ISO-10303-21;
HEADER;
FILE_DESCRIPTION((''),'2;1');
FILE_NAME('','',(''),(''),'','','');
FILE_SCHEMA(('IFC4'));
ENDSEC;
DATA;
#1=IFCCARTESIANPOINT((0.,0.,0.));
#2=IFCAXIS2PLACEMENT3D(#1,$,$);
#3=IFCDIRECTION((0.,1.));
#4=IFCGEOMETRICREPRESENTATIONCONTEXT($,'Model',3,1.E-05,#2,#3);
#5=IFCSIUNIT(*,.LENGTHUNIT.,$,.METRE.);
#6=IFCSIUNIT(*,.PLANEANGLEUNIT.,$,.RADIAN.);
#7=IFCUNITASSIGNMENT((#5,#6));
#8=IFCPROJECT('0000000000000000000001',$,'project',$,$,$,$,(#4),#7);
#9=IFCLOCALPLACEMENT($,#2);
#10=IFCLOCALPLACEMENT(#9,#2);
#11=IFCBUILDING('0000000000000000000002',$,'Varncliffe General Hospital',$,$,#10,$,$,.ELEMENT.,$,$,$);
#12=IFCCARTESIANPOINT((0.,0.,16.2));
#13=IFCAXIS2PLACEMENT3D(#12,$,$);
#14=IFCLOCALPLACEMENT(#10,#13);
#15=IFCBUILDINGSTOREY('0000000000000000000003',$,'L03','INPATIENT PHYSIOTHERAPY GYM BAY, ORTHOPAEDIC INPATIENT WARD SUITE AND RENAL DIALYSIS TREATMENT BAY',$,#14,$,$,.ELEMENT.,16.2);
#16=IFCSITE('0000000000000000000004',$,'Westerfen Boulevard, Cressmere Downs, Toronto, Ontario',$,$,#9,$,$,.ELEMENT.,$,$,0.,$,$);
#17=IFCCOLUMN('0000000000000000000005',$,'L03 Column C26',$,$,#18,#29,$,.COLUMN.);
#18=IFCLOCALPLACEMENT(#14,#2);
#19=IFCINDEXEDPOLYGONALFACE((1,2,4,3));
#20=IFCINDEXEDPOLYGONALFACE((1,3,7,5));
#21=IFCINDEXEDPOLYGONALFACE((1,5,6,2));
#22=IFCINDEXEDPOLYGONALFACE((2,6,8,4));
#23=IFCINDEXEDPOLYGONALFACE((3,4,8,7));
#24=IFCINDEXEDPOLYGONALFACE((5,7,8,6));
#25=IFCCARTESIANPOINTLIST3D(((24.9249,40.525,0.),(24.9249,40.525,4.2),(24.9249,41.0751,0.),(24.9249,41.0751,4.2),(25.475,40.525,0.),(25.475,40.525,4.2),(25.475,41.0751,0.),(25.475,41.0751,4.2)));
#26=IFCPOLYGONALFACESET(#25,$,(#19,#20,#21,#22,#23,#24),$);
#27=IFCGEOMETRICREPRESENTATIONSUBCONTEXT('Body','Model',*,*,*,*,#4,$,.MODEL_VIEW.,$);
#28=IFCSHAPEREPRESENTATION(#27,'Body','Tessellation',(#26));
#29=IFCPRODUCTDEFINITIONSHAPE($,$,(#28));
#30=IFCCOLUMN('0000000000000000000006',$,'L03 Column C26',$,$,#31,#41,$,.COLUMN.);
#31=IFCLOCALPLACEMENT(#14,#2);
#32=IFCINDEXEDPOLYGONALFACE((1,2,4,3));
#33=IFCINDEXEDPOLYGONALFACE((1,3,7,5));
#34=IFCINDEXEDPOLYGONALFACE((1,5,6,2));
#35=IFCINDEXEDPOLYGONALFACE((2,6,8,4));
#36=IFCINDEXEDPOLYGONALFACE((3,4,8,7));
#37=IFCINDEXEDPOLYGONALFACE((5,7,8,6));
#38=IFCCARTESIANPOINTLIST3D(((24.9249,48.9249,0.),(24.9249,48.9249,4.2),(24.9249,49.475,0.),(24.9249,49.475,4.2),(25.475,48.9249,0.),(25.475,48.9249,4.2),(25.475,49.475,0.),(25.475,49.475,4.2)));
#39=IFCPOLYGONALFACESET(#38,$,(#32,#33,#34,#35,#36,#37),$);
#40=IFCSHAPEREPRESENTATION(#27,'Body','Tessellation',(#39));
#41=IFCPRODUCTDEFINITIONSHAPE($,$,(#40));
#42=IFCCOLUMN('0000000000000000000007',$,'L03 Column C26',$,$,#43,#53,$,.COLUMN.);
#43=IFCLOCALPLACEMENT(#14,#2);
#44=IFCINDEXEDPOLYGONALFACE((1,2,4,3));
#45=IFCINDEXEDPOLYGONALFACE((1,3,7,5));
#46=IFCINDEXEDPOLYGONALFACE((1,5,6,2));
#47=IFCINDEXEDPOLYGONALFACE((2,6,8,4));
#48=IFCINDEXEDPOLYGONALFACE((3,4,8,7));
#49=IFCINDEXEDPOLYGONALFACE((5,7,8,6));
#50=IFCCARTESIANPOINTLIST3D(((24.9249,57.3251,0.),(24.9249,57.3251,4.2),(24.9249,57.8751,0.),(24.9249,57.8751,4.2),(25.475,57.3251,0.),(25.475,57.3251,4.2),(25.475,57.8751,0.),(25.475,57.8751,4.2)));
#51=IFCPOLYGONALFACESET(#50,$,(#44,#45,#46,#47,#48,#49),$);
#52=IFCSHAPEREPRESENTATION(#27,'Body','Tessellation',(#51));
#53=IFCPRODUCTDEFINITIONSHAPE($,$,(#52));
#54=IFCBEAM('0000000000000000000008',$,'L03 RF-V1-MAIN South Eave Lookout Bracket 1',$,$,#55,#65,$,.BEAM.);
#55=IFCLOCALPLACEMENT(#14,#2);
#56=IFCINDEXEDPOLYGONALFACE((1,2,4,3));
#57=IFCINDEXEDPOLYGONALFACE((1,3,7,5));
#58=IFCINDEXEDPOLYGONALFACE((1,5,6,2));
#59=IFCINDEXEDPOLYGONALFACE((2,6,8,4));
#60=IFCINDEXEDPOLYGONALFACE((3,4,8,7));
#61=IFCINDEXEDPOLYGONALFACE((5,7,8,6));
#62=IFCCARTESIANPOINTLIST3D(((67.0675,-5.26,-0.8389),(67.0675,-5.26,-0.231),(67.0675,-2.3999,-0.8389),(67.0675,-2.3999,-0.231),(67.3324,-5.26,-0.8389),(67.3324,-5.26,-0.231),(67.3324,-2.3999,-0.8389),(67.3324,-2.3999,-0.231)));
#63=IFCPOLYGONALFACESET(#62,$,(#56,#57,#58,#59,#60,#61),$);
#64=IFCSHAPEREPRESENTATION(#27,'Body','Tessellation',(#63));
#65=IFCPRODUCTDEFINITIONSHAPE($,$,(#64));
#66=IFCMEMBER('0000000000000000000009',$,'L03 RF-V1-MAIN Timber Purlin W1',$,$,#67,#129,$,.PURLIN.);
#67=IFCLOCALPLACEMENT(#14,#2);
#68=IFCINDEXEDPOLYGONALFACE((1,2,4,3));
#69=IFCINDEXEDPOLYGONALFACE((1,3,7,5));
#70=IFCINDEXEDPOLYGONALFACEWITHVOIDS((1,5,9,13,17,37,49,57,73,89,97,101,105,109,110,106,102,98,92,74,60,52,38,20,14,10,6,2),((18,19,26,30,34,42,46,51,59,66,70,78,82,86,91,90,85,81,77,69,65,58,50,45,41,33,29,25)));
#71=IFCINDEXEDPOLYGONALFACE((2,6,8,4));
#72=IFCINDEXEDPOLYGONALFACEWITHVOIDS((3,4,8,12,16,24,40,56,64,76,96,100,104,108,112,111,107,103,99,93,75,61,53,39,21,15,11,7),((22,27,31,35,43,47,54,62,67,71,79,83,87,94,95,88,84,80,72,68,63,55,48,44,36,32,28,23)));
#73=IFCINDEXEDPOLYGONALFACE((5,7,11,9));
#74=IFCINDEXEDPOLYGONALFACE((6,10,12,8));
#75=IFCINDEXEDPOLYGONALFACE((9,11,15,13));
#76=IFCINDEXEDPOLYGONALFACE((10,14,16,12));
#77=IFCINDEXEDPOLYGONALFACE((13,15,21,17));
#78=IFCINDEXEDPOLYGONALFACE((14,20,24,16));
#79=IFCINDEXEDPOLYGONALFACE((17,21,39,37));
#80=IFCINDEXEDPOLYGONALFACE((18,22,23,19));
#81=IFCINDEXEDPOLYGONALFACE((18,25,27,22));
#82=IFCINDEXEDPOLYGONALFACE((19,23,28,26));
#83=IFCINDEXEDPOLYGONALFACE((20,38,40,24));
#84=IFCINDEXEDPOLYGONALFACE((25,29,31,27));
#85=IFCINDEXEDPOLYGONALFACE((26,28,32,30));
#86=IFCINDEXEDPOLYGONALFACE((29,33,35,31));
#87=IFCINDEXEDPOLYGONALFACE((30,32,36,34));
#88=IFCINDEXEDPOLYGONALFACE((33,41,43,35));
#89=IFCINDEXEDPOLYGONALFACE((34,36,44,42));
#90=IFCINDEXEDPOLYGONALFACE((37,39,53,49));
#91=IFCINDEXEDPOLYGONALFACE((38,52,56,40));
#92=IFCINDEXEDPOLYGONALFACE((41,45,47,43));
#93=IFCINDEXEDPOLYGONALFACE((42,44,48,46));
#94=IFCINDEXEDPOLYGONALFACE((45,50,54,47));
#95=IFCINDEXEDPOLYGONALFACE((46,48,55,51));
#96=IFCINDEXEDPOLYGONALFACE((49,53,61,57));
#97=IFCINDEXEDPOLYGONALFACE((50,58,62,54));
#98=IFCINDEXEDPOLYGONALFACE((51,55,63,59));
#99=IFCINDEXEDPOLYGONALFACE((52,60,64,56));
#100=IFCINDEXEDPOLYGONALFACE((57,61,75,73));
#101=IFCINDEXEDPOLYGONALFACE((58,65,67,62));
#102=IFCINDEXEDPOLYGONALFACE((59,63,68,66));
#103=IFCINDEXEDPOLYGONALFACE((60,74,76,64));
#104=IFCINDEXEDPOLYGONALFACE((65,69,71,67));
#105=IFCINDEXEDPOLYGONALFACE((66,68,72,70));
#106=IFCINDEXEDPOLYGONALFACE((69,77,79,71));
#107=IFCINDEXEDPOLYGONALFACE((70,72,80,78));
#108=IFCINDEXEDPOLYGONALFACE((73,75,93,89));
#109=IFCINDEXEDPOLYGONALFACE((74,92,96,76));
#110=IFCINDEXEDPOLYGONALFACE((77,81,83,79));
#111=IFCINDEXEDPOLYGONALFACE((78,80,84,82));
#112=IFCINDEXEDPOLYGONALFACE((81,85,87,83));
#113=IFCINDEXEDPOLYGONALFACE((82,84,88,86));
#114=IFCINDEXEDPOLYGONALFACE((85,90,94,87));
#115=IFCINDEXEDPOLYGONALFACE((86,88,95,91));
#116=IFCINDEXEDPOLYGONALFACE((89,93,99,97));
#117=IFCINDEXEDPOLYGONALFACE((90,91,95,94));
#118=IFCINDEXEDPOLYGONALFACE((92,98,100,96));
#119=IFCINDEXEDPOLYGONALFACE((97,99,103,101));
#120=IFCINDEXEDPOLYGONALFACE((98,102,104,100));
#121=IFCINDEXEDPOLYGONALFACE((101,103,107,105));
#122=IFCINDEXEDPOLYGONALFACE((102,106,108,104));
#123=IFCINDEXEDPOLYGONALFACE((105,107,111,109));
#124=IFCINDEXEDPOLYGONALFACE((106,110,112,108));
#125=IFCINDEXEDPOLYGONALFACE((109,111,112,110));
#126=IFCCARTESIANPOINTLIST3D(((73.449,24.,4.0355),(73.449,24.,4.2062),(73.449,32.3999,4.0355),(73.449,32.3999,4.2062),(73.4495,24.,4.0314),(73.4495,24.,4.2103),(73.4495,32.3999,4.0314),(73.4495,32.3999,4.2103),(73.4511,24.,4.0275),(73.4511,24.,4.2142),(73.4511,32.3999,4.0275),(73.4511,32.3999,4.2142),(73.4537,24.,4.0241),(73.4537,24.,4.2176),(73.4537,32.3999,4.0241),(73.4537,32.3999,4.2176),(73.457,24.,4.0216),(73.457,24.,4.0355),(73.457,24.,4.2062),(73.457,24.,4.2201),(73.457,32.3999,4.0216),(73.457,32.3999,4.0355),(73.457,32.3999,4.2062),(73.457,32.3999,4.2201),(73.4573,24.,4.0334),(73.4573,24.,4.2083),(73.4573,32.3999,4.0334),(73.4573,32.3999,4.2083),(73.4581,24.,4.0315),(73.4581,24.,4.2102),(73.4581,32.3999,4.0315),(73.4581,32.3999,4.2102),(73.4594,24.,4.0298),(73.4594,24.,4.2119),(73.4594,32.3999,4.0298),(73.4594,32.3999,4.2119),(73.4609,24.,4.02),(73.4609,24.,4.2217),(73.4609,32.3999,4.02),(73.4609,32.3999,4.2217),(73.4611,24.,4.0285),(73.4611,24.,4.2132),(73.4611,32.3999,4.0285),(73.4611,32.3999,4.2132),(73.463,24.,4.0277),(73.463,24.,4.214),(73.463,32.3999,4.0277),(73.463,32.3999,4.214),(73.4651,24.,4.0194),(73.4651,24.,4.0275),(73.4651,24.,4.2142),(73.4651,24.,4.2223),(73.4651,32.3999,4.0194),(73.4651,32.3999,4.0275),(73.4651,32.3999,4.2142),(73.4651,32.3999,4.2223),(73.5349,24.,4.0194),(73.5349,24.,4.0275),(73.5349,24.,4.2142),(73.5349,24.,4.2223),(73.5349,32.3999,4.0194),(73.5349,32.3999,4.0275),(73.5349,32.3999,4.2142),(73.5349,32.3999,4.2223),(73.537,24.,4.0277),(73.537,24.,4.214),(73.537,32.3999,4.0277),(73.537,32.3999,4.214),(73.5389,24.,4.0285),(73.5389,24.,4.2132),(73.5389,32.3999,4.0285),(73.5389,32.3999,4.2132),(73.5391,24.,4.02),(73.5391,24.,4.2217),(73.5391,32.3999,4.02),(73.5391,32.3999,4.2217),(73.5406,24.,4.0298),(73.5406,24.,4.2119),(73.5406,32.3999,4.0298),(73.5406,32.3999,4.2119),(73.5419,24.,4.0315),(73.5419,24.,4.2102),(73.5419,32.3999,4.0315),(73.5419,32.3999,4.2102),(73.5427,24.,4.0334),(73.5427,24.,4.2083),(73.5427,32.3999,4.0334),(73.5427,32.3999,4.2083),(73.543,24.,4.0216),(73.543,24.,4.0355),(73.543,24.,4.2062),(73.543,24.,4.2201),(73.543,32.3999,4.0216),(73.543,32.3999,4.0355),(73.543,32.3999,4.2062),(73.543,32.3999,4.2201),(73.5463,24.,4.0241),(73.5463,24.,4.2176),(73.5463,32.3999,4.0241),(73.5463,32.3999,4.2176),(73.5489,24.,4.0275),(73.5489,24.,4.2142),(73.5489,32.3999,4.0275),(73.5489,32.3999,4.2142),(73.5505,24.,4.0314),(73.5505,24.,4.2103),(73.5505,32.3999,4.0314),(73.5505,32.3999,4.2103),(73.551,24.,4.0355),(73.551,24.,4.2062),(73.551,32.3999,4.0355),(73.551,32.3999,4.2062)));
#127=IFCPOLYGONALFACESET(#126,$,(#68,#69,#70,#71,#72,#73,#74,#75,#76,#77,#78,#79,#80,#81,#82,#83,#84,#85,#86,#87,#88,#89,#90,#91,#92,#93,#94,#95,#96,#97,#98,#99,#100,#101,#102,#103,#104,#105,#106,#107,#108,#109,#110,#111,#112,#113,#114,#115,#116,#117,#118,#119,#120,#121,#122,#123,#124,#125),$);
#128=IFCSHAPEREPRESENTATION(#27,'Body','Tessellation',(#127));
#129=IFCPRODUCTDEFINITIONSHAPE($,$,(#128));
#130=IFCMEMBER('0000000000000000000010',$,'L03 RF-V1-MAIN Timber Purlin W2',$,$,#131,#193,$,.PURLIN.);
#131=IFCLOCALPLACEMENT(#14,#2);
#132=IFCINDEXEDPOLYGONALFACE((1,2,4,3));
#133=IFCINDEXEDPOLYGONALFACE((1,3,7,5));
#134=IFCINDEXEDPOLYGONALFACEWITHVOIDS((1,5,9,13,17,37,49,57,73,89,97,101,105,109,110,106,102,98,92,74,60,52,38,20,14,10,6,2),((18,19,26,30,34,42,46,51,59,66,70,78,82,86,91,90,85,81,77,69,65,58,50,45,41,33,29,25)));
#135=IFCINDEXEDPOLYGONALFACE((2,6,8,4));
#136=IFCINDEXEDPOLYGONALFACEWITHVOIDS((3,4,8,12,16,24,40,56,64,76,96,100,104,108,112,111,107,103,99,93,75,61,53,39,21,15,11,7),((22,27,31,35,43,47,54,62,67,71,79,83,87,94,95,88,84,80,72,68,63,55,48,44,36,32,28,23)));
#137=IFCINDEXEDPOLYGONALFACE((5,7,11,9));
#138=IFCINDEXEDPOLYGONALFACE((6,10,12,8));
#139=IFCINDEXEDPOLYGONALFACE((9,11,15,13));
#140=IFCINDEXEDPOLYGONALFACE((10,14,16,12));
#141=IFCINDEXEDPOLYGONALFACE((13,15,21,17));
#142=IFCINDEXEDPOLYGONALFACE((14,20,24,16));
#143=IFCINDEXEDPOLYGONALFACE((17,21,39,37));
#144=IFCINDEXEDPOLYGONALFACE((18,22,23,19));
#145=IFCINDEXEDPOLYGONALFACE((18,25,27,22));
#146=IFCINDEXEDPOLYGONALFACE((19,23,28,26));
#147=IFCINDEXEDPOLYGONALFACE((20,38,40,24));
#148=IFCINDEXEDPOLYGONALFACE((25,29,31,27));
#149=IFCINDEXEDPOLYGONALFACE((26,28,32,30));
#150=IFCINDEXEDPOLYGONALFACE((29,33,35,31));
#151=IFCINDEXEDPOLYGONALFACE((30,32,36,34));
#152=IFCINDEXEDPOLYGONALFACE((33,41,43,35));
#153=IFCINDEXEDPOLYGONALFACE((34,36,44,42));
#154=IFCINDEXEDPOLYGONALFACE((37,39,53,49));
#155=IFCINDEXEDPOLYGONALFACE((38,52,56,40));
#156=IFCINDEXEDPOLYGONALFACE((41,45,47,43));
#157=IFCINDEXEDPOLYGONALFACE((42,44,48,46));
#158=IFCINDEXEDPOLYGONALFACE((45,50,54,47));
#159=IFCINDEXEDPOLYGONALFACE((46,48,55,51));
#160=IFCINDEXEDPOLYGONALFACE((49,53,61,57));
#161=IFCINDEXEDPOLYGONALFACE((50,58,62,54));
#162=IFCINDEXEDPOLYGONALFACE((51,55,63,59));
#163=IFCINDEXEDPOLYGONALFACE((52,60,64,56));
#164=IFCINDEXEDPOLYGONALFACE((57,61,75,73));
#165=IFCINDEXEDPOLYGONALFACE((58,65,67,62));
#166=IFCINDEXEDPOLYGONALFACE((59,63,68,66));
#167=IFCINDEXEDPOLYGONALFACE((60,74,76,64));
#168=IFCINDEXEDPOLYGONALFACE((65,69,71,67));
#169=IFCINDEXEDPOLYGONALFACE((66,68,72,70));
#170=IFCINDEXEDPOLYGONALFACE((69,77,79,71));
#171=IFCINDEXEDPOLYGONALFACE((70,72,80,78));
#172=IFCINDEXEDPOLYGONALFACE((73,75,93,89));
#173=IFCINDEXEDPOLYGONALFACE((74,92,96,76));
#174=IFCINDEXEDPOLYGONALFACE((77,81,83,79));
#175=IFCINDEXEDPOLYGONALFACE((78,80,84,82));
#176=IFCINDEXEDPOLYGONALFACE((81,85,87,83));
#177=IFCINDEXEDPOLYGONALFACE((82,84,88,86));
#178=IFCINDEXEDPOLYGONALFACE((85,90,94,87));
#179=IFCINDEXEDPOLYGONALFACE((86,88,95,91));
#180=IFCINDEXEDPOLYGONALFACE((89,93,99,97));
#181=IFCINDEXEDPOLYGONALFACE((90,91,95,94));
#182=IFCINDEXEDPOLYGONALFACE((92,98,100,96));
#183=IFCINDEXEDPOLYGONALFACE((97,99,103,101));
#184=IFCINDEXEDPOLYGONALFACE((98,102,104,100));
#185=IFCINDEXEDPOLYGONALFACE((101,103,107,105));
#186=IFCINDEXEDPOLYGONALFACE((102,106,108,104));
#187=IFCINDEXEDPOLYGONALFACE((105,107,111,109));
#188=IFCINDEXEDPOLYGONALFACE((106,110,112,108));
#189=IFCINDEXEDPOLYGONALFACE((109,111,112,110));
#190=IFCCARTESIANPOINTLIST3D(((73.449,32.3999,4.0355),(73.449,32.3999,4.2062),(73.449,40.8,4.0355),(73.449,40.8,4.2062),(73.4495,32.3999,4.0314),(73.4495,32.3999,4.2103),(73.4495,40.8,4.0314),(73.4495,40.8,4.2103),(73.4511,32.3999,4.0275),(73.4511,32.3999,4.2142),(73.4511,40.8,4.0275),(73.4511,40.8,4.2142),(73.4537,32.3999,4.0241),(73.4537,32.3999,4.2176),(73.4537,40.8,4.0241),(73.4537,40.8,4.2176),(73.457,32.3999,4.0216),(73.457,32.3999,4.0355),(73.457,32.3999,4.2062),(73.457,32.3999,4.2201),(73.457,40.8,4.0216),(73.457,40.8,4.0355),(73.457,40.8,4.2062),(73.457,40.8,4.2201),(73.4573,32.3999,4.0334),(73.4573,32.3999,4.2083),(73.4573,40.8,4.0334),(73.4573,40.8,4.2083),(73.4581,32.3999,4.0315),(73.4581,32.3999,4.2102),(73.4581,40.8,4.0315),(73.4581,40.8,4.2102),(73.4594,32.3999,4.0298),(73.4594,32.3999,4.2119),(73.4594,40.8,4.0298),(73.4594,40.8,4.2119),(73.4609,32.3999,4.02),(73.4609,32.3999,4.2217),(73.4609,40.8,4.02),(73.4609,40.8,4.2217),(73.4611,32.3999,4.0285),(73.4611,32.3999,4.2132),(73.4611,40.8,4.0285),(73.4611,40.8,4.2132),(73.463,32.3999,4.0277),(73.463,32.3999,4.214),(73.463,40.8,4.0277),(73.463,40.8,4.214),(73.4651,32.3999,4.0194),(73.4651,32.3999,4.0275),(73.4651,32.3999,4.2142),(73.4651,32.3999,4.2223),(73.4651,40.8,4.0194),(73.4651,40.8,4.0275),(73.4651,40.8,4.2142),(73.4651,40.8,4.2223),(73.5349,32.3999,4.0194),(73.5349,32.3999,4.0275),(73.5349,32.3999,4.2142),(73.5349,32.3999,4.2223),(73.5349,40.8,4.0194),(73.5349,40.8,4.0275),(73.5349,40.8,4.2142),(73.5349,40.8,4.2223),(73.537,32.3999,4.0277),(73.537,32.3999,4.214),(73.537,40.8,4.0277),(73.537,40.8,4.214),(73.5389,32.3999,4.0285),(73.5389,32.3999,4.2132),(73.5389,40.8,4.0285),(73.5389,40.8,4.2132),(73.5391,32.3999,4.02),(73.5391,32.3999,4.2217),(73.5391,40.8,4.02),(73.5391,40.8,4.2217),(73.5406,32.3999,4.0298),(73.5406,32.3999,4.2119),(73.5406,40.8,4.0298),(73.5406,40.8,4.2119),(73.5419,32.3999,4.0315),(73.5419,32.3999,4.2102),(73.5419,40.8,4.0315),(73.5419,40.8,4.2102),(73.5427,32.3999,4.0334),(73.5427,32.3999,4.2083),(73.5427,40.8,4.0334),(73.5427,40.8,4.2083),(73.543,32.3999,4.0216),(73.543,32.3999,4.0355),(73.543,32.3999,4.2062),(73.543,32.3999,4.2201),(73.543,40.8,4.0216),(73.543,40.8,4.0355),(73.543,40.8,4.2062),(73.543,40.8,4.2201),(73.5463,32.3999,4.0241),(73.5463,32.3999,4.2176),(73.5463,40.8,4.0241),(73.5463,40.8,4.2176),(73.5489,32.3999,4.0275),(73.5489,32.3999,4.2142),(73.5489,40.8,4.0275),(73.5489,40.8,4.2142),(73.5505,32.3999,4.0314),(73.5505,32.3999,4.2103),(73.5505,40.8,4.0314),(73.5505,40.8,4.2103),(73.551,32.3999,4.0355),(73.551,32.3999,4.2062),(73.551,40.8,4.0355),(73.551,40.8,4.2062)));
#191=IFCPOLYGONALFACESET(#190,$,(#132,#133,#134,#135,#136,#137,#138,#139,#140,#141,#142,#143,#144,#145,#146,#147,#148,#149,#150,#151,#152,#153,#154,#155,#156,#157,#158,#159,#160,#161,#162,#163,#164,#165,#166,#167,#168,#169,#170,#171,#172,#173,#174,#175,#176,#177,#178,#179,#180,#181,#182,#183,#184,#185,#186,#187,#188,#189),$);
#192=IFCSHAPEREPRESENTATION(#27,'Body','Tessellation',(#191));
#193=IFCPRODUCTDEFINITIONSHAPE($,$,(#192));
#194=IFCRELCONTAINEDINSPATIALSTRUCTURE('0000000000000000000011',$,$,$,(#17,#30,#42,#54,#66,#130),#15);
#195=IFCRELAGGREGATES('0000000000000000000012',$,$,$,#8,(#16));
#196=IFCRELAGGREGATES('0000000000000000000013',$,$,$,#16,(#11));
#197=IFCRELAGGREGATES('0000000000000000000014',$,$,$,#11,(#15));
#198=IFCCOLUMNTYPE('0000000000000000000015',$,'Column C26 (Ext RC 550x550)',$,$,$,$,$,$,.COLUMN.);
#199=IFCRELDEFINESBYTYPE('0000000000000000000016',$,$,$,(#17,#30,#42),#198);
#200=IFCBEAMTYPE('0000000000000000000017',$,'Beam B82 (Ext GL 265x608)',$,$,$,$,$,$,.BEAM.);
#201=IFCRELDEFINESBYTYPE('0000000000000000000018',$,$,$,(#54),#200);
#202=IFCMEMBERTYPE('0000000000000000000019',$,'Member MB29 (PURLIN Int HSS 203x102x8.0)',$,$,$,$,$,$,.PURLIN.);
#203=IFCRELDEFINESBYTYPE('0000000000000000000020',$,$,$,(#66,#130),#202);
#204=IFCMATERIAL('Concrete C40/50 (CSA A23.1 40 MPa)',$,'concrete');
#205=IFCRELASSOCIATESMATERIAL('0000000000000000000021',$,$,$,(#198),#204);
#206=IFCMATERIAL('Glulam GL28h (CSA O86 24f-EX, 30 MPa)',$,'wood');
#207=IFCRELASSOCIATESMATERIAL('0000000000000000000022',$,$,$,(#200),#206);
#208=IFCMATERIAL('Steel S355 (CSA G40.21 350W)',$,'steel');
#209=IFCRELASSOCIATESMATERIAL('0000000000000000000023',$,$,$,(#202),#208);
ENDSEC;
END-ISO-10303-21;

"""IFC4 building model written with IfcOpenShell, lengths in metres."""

from ifc_helpers import new_model, si_unit, direction, frame, origin, origin_2d, place, context, subcontext, project, spatial, rectangle, hollow_rectangle, extrude, material, material_profile, profile_set, type_object, element, save


model = new_model("IFC4")

# Units and contexts
model_context = context("Model", 3, precision=1e-05, world=origin(), true_north=direction((0.0, 1.0)))
body_context = subcontext(model_context, "Body", "Model", "MODEL_VIEW")
ifc_project = project(units=[si_unit("LENGTHUNIT", "METRE"), si_unit("PLANEANGLEUNIT", "RADIAN")], contexts=[model_context])

# Site, building, storey
site_placement = place(None, origin())
site = spatial("IfcSite", under=ifc_project, at=site_placement, Name="Westerfen Boulevard, Cressmere Downs, Toronto, Ontario", CompositionType="ELEMENT", RefElevation=0.0)
building_placement = place(site_placement, origin())
building = spatial("IfcBuilding", under=site, at=building_placement, Name="Varncliffe General Hospital", CompositionType="ELEMENT")
storey_placement = place(building_placement, frame((0.0, 0.0, 16.2)))
storey = spatial("IfcBuildingStorey", under=building, at=storey_placement, Name="L03", Description="INPATIENT PHYSIOTHERAPY GYM BAY, ORTHOPAEDIC INPATIENT WARD SUITE AND RENAL DIALYSIS TREATMENT BAY", CompositionType="ELEMENT", Elevation=16.2)

# Columns
ifc_material_1 = material(Name="Concrete C40/50 (CSA A23.1 40 MPa)", Category="concrete")
ifc_material_profile_1 = material_profile(ifc_material_1, rectangle(XDim=0.55, YDim=0.55, at=origin_2d()), Name="RC 550x550")
ifc_profile_set_1 = profile_set([ifc_material_profile_1], Name="Concrete C40/50 (CSA A23.1 40 MPa)")
column_type = type_object("IfcColumnType", Name="Column C26 (Ext RC 550x550)", PredefinedType="COLUMN", material=ifc_profile_set_1)
for number, where, z_axis, x_axis, name in (
    (1, (25.2, 40.8, 0.0), (0.0, 0.0, 1.0), (1.0, 0.0, 0.0), "L03 Column C26"),
    (2, (25.2, 49.2, 0.0), (0.0, 0.0, 1.0), (1.0, 0.0, 0.0), "L03 Column C26"),
    (3, (25.2, 57.6001, 0.0), (0.0, 0.0, 1.0), (1.0, 0.0, 0.0), "L03 Column C26"),
):
    element("IfcColumn", number, at=place(storey_placement, frame(where, z_axis=z_axis, x_axis=x_axis)), inside=storey, type_object=column_type, Name=name, PredefinedType="COLUMN", context=body_context, shape_type="SweptSolid", body=[
        extrude(rectangle(XDim=0.55, YDim=0.55, at=origin_2d()), origin(), (0.0, 0.0, 1.0), 4.2),
    ])

# Beam
ifc_material_2 = material(Name="Glulam GL28h (CSA O86 24f-EX, 30 MPa)", Category="wood")
ifc_material_profile_2 = material_profile(ifc_material_2, rectangle(XDim=0.2649, YDim=0.6079, at=origin_2d()), Name="GL 265x608")
ifc_profile_set_2 = profile_set([ifc_material_profile_2], Name="Glulam GL28h (CSA O86 24f-EX, 30 MPa)")
beam_type_1 = type_object("IfcBeamType", Name="Beam B82 (Ext GL 265x608)", PredefinedType="BEAM", material=ifc_profile_set_2)
beam_1_placement = place(storey_placement, frame((67.2, -5.26, -0.5349), z_axis=(0.0, 1.0, 0.0), x_axis=(-1.0, 0.0, 0.0)))
element("IfcBeam", 4, at=beam_1_placement, inside=storey, type_object=beam_type_1, Name="L03 RF-V1-MAIN South Eave Lookout Bracket 1", PredefinedType="BEAM", context=body_context, shape_type="SweptSolid", body=[
    extrude(rectangle(XDim=0.2649, YDim=0.6079, at=origin_2d()), origin(), (0.0, 0.0, 1.0), 2.8601),
])

# Members
ifc_material_3 = material(Name="Steel S355 (CSA G40.21 350W)", Category="steel")
ifc_material_profile_3 = material_profile(ifc_material_3, hollow_rectangle(XDim=0.1021, YDim=0.2029, WallThickness=0.0081, InnerFilletRadius=0.0081, OuterFilletRadius=0.0161, at=origin_2d()), Name="HSS 203x102x8.0")
ifc_profile_set_3 = profile_set([ifc_material_profile_3], Name="Steel S355 (CSA G40.21 350W)")
member_type_1 = type_object("IfcMemberType", Name="Member MB29 (PURLIN Int HSS 203x102x8.0)", PredefinedType="PURLIN", material=ifc_profile_set_3)
member_1_placement = place(storey_placement, frame((73.5, 24.0, 4.1208), z_axis=(0.0, 1.0, 0.0), x_axis=(-1.0, 0.0, 0.0)))
element("IfcMember", 5, at=member_1_placement, inside=storey, type_object=member_type_1, Name="L03 RF-V1-MAIN Timber Purlin W1", PredefinedType="PURLIN", context=body_context, shape_type="SweptSolid", body=[
    extrude(hollow_rectangle(XDim=0.1021, YDim=0.2029, WallThickness=0.0081, InnerFilletRadius=0.0081, OuterFilletRadius=0.0161, at=origin_2d()), origin(), (0.0, 0.0, 1.0), 8.3999),
])
member_2_placement = place(storey_placement, frame((73.5, 32.3999, 4.1208), z_axis=(0.0, 1.0, 0.0), x_axis=(-1.0, 0.0, 0.0)))
element("IfcMember", 6, at=member_2_placement, inside=storey, type_object=member_type_1, Name="L03 RF-V1-MAIN Timber Purlin W2", PredefinedType="PURLIN", context=body_context, shape_type="SweptSolid", body=[
    extrude(hollow_rectangle(XDim=0.1021, YDim=0.2029, WallThickness=0.0081, InnerFilletRadius=0.0081, OuterFilletRadius=0.0161, at=origin_2d()), origin(), (0.0, 0.0, 1.0), 8.4001),
])

save(model, "model.ifc")
